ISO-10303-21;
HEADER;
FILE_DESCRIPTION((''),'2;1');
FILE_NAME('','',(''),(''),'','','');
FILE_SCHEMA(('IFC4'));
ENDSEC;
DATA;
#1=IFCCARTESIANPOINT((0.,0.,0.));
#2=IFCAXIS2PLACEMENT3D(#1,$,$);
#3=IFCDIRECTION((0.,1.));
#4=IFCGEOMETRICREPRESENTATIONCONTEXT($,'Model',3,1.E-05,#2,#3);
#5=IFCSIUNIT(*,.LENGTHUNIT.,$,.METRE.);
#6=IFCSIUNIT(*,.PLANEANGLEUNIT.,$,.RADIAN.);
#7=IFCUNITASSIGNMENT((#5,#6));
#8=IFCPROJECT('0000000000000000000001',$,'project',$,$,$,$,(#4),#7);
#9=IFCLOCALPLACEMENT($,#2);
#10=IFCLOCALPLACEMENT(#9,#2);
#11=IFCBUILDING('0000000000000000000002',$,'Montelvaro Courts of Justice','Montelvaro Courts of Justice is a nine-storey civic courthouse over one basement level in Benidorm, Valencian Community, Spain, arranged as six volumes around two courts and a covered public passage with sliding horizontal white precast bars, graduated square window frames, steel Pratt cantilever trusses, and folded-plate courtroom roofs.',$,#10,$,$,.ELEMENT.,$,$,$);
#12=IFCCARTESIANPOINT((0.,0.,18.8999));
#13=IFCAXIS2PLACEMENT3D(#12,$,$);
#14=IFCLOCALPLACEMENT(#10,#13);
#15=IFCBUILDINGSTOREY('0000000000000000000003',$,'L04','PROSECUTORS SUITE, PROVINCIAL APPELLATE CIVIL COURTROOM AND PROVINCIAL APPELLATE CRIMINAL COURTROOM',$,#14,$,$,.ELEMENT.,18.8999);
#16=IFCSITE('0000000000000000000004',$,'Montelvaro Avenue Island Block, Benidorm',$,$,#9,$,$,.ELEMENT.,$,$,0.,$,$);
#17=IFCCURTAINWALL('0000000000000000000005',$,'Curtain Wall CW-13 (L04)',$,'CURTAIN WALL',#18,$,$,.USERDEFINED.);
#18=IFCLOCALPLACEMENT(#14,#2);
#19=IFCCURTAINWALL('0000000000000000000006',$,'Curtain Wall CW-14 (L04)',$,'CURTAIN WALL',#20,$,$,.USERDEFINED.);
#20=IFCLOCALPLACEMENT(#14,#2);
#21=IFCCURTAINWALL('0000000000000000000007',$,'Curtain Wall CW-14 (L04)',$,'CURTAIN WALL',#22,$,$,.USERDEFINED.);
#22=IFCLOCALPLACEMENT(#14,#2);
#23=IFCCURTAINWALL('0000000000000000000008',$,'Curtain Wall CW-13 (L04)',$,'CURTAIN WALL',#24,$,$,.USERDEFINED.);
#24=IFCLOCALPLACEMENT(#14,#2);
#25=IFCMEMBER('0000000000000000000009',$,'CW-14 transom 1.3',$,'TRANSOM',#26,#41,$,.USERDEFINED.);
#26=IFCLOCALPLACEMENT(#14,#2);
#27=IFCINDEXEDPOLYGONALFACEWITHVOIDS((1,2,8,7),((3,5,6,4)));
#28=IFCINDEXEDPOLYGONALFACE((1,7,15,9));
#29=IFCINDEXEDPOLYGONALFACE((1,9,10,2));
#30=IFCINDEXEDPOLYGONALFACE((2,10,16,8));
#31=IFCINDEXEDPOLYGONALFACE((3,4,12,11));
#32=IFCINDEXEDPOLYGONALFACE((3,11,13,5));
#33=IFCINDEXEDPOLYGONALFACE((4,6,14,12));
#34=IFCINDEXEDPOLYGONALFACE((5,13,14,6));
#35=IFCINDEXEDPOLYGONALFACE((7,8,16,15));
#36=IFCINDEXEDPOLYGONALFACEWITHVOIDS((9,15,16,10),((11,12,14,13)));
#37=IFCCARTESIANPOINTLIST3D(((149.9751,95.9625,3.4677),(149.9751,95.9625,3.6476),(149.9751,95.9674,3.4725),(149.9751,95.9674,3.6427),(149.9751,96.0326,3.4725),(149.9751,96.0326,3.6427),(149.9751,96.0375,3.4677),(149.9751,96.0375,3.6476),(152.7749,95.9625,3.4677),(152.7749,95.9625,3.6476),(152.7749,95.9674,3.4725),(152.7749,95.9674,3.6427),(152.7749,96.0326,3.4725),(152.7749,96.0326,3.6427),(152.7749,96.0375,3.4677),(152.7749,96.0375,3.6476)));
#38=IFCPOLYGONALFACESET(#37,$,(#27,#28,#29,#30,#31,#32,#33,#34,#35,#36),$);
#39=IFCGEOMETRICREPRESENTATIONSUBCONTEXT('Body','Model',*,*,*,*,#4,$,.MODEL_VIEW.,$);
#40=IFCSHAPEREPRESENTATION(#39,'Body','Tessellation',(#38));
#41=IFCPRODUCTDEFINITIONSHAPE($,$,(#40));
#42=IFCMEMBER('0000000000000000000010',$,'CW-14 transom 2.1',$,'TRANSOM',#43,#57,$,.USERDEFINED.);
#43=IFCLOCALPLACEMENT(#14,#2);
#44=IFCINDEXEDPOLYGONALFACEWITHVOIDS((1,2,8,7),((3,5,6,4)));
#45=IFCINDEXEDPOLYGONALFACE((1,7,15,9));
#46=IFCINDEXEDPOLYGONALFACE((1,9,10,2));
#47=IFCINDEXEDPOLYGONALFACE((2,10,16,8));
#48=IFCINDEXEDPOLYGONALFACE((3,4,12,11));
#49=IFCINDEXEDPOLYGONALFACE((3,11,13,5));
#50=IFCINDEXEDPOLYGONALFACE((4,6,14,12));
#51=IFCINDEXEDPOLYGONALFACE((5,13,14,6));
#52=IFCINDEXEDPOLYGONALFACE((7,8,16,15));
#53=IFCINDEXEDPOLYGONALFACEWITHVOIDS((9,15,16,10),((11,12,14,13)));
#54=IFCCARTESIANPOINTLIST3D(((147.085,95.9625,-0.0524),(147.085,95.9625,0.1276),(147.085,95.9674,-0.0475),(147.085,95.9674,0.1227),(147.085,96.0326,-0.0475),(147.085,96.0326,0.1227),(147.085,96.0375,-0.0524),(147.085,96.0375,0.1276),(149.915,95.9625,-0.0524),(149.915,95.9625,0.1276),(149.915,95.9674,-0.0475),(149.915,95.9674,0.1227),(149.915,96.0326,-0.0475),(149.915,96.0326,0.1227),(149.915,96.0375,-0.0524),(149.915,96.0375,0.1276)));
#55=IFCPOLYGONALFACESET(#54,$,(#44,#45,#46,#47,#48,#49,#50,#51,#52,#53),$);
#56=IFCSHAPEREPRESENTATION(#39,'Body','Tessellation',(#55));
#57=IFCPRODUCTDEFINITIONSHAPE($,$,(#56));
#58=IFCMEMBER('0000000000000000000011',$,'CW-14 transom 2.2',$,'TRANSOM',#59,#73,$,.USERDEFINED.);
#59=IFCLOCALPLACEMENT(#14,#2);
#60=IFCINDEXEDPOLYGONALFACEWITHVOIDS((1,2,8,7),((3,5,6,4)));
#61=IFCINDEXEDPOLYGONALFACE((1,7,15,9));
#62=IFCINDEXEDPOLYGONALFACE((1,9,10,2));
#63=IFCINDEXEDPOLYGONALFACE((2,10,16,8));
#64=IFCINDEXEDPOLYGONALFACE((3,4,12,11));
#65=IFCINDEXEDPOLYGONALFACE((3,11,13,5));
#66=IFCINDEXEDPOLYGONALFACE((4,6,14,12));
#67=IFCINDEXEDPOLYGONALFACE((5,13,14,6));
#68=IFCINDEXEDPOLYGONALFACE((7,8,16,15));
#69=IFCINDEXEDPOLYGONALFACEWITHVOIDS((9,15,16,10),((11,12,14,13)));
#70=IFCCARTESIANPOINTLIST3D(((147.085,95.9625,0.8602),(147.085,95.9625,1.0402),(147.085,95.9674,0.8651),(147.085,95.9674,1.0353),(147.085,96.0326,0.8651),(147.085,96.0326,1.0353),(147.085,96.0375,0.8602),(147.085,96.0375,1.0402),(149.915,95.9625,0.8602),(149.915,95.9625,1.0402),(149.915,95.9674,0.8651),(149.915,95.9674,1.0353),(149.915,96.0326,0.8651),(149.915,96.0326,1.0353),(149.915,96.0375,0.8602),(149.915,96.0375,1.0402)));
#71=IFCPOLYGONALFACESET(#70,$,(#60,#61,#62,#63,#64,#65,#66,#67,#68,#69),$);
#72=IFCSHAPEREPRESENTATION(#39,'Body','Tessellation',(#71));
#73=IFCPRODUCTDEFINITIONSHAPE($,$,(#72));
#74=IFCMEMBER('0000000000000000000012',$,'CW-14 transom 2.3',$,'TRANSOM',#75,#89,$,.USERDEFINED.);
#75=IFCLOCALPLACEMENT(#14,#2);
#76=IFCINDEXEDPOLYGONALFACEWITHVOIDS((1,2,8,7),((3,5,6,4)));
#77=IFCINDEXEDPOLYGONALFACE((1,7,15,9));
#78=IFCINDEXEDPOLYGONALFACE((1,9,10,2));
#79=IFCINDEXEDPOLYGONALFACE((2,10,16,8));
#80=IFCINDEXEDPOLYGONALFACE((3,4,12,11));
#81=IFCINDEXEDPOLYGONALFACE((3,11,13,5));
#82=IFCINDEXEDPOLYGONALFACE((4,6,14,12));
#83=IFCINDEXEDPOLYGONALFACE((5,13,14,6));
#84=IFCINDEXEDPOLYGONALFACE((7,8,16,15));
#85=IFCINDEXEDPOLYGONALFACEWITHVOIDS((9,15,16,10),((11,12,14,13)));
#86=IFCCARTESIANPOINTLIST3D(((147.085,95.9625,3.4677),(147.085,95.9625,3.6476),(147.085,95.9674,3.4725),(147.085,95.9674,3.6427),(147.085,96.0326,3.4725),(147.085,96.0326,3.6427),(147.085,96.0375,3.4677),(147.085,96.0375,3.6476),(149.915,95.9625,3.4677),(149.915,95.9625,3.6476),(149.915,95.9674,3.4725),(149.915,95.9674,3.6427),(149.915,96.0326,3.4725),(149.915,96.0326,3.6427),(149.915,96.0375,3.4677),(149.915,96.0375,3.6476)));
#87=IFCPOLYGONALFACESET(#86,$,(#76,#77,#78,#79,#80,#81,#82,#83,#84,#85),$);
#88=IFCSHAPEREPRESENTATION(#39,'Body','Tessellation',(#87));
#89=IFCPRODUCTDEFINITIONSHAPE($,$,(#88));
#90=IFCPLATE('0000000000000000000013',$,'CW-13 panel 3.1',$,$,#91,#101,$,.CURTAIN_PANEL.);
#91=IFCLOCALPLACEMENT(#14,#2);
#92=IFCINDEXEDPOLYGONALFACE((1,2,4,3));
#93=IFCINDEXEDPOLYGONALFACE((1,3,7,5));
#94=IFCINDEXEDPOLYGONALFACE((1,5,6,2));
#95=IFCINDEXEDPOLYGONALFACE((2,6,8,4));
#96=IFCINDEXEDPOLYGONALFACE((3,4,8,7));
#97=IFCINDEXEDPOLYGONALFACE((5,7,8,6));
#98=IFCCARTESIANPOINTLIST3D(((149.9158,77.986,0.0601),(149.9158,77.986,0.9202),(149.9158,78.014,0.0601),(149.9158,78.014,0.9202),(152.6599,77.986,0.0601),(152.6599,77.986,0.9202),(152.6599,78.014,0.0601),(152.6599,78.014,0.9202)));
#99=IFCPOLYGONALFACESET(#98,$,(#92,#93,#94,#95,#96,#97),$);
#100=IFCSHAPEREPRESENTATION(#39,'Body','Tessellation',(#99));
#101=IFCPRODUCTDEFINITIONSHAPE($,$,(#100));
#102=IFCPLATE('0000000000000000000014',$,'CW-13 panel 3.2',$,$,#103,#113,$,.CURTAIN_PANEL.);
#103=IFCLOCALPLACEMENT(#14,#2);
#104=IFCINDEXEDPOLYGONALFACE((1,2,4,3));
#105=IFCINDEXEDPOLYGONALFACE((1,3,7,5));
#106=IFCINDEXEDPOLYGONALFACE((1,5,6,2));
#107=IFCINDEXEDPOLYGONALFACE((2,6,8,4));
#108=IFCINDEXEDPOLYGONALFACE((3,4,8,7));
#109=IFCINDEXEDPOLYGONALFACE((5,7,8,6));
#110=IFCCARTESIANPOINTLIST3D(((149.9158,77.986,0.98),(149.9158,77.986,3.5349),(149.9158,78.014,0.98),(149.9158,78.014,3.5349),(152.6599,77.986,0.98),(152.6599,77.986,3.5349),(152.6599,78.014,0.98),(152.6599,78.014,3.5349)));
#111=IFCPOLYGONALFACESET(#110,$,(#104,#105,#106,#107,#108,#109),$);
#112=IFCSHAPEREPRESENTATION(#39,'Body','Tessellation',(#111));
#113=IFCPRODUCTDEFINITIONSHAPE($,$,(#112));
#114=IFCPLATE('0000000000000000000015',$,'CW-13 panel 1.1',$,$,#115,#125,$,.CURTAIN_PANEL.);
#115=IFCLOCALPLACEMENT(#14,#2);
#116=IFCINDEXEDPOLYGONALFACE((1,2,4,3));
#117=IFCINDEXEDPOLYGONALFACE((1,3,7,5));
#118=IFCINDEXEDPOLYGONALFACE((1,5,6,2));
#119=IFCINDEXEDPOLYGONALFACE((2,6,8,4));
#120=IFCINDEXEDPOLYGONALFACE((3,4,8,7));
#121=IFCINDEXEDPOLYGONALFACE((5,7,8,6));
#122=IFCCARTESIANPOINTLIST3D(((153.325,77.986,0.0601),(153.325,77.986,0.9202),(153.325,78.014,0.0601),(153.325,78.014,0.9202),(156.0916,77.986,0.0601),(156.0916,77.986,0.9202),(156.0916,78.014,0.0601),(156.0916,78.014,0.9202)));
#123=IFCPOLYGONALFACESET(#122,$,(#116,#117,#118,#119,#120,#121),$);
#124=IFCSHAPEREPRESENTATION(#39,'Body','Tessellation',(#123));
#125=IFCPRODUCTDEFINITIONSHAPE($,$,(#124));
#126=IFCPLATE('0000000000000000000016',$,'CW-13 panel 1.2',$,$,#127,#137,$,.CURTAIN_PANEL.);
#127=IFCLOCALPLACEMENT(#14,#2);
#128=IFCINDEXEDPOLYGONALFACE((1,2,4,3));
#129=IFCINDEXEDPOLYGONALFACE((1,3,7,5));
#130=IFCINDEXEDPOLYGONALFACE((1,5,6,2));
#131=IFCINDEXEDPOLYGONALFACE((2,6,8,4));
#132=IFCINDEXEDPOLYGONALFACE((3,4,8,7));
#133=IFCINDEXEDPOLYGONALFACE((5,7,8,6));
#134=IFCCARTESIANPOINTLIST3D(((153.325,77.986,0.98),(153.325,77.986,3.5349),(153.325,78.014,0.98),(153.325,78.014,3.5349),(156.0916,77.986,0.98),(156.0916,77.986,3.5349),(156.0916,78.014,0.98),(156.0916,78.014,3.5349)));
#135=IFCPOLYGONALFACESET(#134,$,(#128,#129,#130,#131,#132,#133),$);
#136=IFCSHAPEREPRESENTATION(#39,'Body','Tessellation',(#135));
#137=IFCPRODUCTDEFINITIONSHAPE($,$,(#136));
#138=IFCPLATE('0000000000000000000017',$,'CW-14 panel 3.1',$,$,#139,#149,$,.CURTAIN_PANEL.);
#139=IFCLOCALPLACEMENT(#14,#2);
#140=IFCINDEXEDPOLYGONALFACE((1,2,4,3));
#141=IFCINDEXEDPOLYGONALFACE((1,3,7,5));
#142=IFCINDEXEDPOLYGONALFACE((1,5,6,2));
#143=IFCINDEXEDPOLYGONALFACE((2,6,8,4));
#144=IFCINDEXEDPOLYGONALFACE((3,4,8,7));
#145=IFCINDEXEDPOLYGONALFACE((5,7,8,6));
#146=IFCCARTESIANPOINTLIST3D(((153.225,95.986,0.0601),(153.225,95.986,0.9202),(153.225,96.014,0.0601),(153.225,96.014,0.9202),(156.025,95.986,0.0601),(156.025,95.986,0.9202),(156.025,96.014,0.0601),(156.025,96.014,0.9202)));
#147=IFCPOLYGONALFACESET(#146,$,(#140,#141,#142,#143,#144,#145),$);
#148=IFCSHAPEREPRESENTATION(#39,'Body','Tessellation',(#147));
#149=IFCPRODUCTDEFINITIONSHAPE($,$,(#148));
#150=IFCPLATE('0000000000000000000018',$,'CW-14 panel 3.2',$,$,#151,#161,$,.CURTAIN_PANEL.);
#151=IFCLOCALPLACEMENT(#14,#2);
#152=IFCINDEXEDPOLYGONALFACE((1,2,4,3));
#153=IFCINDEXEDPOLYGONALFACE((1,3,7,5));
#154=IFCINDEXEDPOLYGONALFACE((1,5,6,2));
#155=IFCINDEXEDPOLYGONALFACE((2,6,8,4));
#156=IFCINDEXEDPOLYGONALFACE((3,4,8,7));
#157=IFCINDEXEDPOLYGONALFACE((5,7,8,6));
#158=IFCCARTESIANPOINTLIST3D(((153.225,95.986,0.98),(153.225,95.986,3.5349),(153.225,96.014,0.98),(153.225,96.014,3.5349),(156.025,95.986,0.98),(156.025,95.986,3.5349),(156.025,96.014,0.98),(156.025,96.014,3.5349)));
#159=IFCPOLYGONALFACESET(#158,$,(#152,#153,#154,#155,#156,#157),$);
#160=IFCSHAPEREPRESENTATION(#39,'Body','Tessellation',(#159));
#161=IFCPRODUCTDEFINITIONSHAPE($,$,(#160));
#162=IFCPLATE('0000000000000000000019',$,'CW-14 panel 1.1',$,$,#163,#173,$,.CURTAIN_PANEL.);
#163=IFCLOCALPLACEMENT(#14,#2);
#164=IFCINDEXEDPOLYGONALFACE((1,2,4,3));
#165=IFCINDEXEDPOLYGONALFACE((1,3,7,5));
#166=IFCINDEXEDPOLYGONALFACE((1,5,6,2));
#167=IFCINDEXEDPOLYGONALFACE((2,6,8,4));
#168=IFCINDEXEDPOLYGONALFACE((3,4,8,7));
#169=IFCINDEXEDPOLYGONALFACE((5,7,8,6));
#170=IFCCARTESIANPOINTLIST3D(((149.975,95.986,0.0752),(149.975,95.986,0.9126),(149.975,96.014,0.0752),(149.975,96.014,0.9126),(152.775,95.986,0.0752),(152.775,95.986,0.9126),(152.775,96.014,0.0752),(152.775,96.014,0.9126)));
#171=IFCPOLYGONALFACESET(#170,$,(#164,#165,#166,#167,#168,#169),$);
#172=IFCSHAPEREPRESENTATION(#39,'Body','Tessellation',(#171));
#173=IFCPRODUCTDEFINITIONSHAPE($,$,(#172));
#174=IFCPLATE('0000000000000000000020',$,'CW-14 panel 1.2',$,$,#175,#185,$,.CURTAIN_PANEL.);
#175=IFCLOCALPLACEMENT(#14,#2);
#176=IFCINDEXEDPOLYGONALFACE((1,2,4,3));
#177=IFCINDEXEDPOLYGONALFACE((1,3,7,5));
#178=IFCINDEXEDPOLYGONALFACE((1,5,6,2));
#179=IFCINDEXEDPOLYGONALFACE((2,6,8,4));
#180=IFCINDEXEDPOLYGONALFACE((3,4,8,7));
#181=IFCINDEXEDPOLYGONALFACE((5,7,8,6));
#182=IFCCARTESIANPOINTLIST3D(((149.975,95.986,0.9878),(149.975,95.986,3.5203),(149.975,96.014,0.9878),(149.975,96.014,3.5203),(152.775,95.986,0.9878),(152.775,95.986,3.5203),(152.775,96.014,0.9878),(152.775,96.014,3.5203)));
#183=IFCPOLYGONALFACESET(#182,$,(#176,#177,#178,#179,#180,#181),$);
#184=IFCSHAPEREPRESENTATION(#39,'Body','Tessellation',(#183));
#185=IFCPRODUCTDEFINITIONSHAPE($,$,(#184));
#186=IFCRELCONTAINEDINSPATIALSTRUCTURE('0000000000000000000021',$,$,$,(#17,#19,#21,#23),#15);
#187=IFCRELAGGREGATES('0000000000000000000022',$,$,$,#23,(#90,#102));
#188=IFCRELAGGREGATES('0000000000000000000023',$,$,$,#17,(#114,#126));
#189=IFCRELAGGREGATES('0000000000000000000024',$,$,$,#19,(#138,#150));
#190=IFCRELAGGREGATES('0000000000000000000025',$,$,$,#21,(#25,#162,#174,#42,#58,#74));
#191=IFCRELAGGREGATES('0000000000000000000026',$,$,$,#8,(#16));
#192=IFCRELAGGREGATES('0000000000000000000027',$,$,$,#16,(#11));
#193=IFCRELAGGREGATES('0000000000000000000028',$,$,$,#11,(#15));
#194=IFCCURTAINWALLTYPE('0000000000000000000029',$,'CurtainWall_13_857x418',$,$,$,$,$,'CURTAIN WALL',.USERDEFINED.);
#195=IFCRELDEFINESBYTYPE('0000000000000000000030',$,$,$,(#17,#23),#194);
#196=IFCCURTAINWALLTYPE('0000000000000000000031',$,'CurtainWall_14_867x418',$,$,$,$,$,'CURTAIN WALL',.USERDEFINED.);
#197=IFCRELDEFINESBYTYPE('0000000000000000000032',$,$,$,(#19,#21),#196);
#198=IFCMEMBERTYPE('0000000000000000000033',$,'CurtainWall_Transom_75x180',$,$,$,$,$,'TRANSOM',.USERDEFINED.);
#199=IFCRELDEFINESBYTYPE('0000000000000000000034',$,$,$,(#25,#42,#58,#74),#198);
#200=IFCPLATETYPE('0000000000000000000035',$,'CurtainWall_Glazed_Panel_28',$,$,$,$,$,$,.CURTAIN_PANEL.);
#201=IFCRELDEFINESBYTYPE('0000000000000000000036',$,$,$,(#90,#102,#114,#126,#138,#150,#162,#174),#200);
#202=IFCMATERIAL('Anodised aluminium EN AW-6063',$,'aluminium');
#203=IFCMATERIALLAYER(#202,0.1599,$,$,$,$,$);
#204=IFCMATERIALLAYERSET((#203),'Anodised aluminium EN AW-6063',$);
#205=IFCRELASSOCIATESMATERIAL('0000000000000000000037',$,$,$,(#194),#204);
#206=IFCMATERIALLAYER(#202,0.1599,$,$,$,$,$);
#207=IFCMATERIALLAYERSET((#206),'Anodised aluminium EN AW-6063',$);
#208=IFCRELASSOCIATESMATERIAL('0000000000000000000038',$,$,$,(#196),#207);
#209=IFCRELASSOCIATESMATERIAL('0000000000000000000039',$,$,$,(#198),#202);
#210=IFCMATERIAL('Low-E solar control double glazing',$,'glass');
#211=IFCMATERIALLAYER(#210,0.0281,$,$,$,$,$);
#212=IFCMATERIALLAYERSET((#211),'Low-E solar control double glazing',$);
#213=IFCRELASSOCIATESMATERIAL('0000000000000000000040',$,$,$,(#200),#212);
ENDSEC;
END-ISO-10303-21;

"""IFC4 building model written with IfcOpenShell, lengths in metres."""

from ifc_helpers import new_model, si_unit, direction, frame, origin, origin_2d, place, context, subcontext, project, spatial, rectangle, hollow_rectangle, extrude, material, layer, layer_set, material_profile, profile_set, type_object, element, aggregate, save


model = new_model("IFC4")

# Units and contexts
model_context = context("Model", 3, precision=1e-05, world=origin(), true_north=direction((0.0, 1.0)))
body_context = subcontext(model_context, "Body", "Model", "MODEL_VIEW")
ifc_project = project(units=[si_unit("LENGTHUNIT", "METRE"), si_unit("PLANEANGLEUNIT", "RADIAN")], contexts=[model_context])

# Site, building, storey
site_placement = place(None, origin())
site = spatial("IfcSite", under=ifc_project, at=site_placement, Name="Montelvaro Avenue Island Block, Benidorm", CompositionType="ELEMENT", RefElevation=0.0)
building_placement = place(site_placement, origin())
building = spatial("IfcBuilding", under=site, at=building_placement, Name="Montelvaro Courts of Justice", Description="Montelvaro Courts of Justice is a nine-storey civic courthouse over one basement level in Benidorm, Valencian Community, Spain, arranged as six volumes around two courts and a covered public passage with sliding horizontal white precast bars, graduated square window frames, steel Pratt cantilever trusses, and folded-plate courtroom roofs.", CompositionType="ELEMENT")
storey_placement = place(building_placement, frame((0.0, 0.0, 18.8999)))
storey = spatial("IfcBuildingStorey", under=building, at=storey_placement, Name="L04", Description="PROSECUTORS SUITE, PROVINCIAL APPELLATE CIVIL COURTROOM AND PROVINCIAL APPELLATE CRIMINAL COURTROOM", CompositionType="ELEMENT", Elevation=18.8999)

# Curtain walls
ifc_material_1 = material(Name="Anodised aluminium EN AW-6063", Category="aluminium")
ifc_layer_1 = layer(ifc_material_1, 0.1599)
ifc_layer_set_1 = layer_set([ifc_layer_1], Name="Anodised aluminium EN AW-6063")
curtain_wall_type_1 = type_object("IfcCurtainWallType", Name="CurtainWall_13_857x418", ElementType="CURTAIN WALL", PredefinedType="USERDEFINED", material=ifc_layer_set_1)
curtain_wall_1_placement = place(storey_placement, origin())
curtain_wall_1 = element("IfcCurtainWall", 1, at=curtain_wall_1_placement, inside=storey, type_object=curtain_wall_type_1, Name="Curtain Wall CW-13 (L04)", ObjectType="CURTAIN WALL", PredefinedType="USERDEFINED")
ifc_layer_2 = layer(ifc_material_1, 0.1599)
ifc_layer_set_2 = layer_set([ifc_layer_2], Name="Anodised aluminium EN AW-6063")
curtain_wall_type_2 = type_object("IfcCurtainWallType", Name="CurtainWall_14_867x418", ElementType="CURTAIN WALL", PredefinedType="USERDEFINED", material=ifc_layer_set_2)
curtain_wall_2_placement = place(storey_placement, origin())
curtain_wall_2 = element("IfcCurtainWall", 2, at=curtain_wall_2_placement, inside=storey, type_object=curtain_wall_type_2, Name="Curtain Wall CW-14 (L04)", ObjectType="CURTAIN WALL", PredefinedType="USERDEFINED")

# Curtain walls
curtain_wall_3_placement = place(storey_placement, origin())
curtain_wall_3 = element("IfcCurtainWall", 3, at=curtain_wall_3_placement, inside=storey, type_object=curtain_wall_type_2, Name="Curtain Wall CW-14 (L04)", ObjectType="CURTAIN WALL", PredefinedType="USERDEFINED")
curtain_wall_4_placement = place(storey_placement, origin())
curtain_wall_4 = element("IfcCurtainWall", 4, at=curtain_wall_4_placement, inside=storey, type_object=curtain_wall_type_1, Name="Curtain Wall CW-13 (L04)", ObjectType="CURTAIN WALL", PredefinedType="USERDEFINED")

# Members
ifc_material_profile_1 = material_profile(ifc_material_1, hollow_rectangle(XDim=0.075, YDim=0.1799, WallThickness=0.0049, at=origin_2d()), Name="ALU-T 75x180")
ifc_profile_set_1 = profile_set([ifc_material_profile_1], Name="Anodised aluminium EN AW-6063")
member_type_1 = type_object("IfcMemberType", Name="CurtainWall_Transom_75x180", ElementType="TRANSOM", PredefinedType="USERDEFINED", material=ifc_profile_set_1)
member_1_placement = place(storey_placement, frame((152.7749, 96.0, 3.5576), z_axis=(-1.0, 0.0, 0.0), x_axis=(0.0, -1.0, 0.0)))
member_1 = element("IfcMember", 5, at=member_1_placement, type_object=member_type_1, Name="CW-14 transom 1.3", ObjectType="TRANSOM", PredefinedType="USERDEFINED", context=body_context, shape_type="SweptSolid", body=[
    extrude(hollow_rectangle(XDim=0.075, YDim=0.1799, WallThickness=0.0049, at=origin_2d()), origin(), (0.0, 0.0, 1.0), 2.7998),
])
member_2_placement = place(storey_placement, frame((149.915, 96.0, 0.0376), z_axis=(-1.0, 0.0, 0.0), x_axis=(0.0, -1.0, 0.0)))
member_2 = element("IfcMember", 6, at=member_2_placement, type_object=member_type_1, Name="CW-14 transom 2.1", ObjectType="TRANSOM", PredefinedType="USERDEFINED", context=body_context, shape_type="SweptSolid", body=[
    extrude(hollow_rectangle(XDim=0.075, YDim=0.1799, WallThickness=0.0049, at=origin_2d()), origin(), (0.0, 0.0, 1.0), 2.8301),
])
member_3_placement = place(storey_placement, frame((149.915, 96.0, 0.9502), z_axis=(-1.0, 0.0, 0.0), x_axis=(0.0, -1.0, 0.0)))
member_3 = element("IfcMember", 7, at=member_3_placement, type_object=member_type_1, Name="CW-14 transom 2.2", ObjectType="TRANSOM", PredefinedType="USERDEFINED", context=body_context, shape_type="SweptSolid", body=[
    extrude(hollow_rectangle(XDim=0.075, YDim=0.1799, WallThickness=0.0049, at=origin_2d()), origin(), (0.0, 0.0, 1.0), 2.8301),
])
member_4_placement = place(storey_placement, frame((149.915, 96.0, 3.5576), z_axis=(-1.0, 0.0, 0.0), x_axis=(0.0, -1.0, 0.0)))
member_4 = element("IfcMember", 8, at=member_4_placement, type_object=member_type_1, Name="CW-14 transom 2.3", ObjectType="TRANSOM", PredefinedType="USERDEFINED", context=body_context, shape_type="SweptSolid", body=[
    extrude(hollow_rectangle(XDim=0.075, YDim=0.1799, WallThickness=0.0049, at=origin_2d()), origin(), (0.0, 0.0, 1.0), 2.8301),
])

# Plates
ifc_material_2 = material(Name="Low-E solar control double glazing", Category="glass")
ifc_layer_3 = layer(ifc_material_2, 0.0281)
ifc_layer_set_3 = layer_set([ifc_layer_3], Name="Low-E solar control double glazing")
plate_type = type_object("IfcPlateType", Name="CurtainWall_Glazed_Panel_28", PredefinedType="CURTAIN_PANEL", material=ifc_layer_set_3)
plate_1_placement = place(storey_placement, frame((151.2878, 78.0, 0.0601), z_axis=(0.0, 0.0, 1.0), x_axis=(1.0, 0.0, 0.0)))
plate_1 = element("IfcPlate", 9, at=plate_1_placement, type_object=plate_type, Name="CW-13 panel 3.1", PredefinedType="CURTAIN_PANEL", context=body_context, shape_type="SweptSolid", body=[
    extrude(rectangle(XDim=2.7441, YDim=0.0281, at=origin_2d()), origin(), (0.0, 0.0, 1.0), 0.8601),
])
plate_2_placement = place(storey_placement, frame((151.2878, 78.0, 0.98), z_axis=(0.0, 0.0, 1.0), x_axis=(1.0, 0.0, 0.0)))
plate_2 = element("IfcPlate", 10, at=plate_2_placement, type_object=plate_type, Name="CW-13 panel 3.2", PredefinedType="CURTAIN_PANEL", context=body_context, shape_type="SweptSolid", body=[
    extrude(rectangle(XDim=2.7441, YDim=0.0281, at=origin_2d()), origin(), (0.0, 0.0, 1.0), 2.5549),
])
aggregate(curtain_wall_4, [plate_1, plate_2])
plate_3_placement = place(storey_placement, frame((154.7083, 78.0, 0.0601), z_axis=(0.0, 0.0, 1.0), x_axis=(1.0, 0.0, 0.0)))
plate_3 = element("IfcPlate", 11, at=plate_3_placement, type_object=plate_type, Name="CW-13 panel 1.1", PredefinedType="CURTAIN_PANEL", context=body_context, shape_type="SweptSolid", body=[
    extrude(rectangle(XDim=2.7666, YDim=0.0281, at=origin_2d()), origin(), (0.0, 0.0, 1.0), 0.8601),
])
plate_4_placement = place(storey_placement, frame((154.7083, 78.0, 0.98), z_axis=(0.0, 0.0, 1.0), x_axis=(1.0, 0.0, 0.0)))
plate_4 = element("IfcPlate", 12, at=plate_4_placement, type_object=plate_type, Name="CW-13 panel 1.2", PredefinedType="CURTAIN_PANEL", context=body_context, shape_type="SweptSolid", body=[
    extrude(rectangle(XDim=2.7666, YDim=0.0281, at=origin_2d()), origin(), (0.0, 0.0, 1.0), 2.5549),
])
aggregate(curtain_wall_1, [plate_3, plate_4])
plate_5_placement = place(storey_placement, frame((154.625, 96.0, 0.0601), z_axis=(0.0, 0.0, 1.0), x_axis=(-1.0, 0.0, 0.0)))
plate_5 = element("IfcPlate", 13, at=plate_5_placement, type_object=plate_type, Name="CW-14 panel 3.1", PredefinedType="CURTAIN_PANEL", context=body_context, shape_type="SweptSolid", body=[
    extrude(rectangle(XDim=2.8, YDim=0.0281, at=origin_2d()), origin(), (0.0, 0.0, 1.0), 0.8601),
])
plate_6_placement = place(storey_placement, frame((154.625, 96.0, 0.98), z_axis=(0.0, 0.0, 1.0), x_axis=(-1.0, 0.0, 0.0)))
plate_6 = element("IfcPlate", 14, at=plate_6_placement, type_object=plate_type, Name="CW-14 panel 3.2", PredefinedType="CURTAIN_PANEL", context=body_context, shape_type="SweptSolid", body=[
    extrude(rectangle(XDim=2.8, YDim=0.0281, at=origin_2d()), origin(), (0.0, 0.0, 1.0), 2.5549),
])
aggregate(curtain_wall_2, [plate_5, plate_6])
plate_7_placement = place(storey_placement, frame((151.375, 96.0, 0.0752), z_axis=(0.0, 0.0, 1.0), x_axis=(-1.0, 0.0, 0.0)))
plate_7 = element("IfcPlate", 15, at=plate_7_placement, type_object=plate_type, Name="CW-14 panel 1.1", PredefinedType="CURTAIN_PANEL", context=body_context, shape_type="SweptSolid", body=[
    extrude(rectangle(XDim=2.8, YDim=0.0281, at=origin_2d()), origin(), (0.0, 0.0, 1.0), 0.8374),
])
plate_8_placement = place(storey_placement, frame((151.375, 96.0, 0.9878), z_axis=(0.0, 0.0, 1.0), x_axis=(-1.0, 0.0, 0.0)))
plate_8 = element("IfcPlate", 16, at=plate_8_placement, type_object=plate_type, Name="CW-14 panel 1.2", PredefinedType="CURTAIN_PANEL", context=body_context, shape_type="SweptSolid", body=[
    extrude(rectangle(XDim=2.8, YDim=0.0281, at=origin_2d()), origin(), (0.0, 0.0, 1.0), 2.5325),
])
aggregate(curtain_wall_3, [member_1, plate_7, plate_8, member_2, member_3, member_4])

save(model, "model.ifc")
